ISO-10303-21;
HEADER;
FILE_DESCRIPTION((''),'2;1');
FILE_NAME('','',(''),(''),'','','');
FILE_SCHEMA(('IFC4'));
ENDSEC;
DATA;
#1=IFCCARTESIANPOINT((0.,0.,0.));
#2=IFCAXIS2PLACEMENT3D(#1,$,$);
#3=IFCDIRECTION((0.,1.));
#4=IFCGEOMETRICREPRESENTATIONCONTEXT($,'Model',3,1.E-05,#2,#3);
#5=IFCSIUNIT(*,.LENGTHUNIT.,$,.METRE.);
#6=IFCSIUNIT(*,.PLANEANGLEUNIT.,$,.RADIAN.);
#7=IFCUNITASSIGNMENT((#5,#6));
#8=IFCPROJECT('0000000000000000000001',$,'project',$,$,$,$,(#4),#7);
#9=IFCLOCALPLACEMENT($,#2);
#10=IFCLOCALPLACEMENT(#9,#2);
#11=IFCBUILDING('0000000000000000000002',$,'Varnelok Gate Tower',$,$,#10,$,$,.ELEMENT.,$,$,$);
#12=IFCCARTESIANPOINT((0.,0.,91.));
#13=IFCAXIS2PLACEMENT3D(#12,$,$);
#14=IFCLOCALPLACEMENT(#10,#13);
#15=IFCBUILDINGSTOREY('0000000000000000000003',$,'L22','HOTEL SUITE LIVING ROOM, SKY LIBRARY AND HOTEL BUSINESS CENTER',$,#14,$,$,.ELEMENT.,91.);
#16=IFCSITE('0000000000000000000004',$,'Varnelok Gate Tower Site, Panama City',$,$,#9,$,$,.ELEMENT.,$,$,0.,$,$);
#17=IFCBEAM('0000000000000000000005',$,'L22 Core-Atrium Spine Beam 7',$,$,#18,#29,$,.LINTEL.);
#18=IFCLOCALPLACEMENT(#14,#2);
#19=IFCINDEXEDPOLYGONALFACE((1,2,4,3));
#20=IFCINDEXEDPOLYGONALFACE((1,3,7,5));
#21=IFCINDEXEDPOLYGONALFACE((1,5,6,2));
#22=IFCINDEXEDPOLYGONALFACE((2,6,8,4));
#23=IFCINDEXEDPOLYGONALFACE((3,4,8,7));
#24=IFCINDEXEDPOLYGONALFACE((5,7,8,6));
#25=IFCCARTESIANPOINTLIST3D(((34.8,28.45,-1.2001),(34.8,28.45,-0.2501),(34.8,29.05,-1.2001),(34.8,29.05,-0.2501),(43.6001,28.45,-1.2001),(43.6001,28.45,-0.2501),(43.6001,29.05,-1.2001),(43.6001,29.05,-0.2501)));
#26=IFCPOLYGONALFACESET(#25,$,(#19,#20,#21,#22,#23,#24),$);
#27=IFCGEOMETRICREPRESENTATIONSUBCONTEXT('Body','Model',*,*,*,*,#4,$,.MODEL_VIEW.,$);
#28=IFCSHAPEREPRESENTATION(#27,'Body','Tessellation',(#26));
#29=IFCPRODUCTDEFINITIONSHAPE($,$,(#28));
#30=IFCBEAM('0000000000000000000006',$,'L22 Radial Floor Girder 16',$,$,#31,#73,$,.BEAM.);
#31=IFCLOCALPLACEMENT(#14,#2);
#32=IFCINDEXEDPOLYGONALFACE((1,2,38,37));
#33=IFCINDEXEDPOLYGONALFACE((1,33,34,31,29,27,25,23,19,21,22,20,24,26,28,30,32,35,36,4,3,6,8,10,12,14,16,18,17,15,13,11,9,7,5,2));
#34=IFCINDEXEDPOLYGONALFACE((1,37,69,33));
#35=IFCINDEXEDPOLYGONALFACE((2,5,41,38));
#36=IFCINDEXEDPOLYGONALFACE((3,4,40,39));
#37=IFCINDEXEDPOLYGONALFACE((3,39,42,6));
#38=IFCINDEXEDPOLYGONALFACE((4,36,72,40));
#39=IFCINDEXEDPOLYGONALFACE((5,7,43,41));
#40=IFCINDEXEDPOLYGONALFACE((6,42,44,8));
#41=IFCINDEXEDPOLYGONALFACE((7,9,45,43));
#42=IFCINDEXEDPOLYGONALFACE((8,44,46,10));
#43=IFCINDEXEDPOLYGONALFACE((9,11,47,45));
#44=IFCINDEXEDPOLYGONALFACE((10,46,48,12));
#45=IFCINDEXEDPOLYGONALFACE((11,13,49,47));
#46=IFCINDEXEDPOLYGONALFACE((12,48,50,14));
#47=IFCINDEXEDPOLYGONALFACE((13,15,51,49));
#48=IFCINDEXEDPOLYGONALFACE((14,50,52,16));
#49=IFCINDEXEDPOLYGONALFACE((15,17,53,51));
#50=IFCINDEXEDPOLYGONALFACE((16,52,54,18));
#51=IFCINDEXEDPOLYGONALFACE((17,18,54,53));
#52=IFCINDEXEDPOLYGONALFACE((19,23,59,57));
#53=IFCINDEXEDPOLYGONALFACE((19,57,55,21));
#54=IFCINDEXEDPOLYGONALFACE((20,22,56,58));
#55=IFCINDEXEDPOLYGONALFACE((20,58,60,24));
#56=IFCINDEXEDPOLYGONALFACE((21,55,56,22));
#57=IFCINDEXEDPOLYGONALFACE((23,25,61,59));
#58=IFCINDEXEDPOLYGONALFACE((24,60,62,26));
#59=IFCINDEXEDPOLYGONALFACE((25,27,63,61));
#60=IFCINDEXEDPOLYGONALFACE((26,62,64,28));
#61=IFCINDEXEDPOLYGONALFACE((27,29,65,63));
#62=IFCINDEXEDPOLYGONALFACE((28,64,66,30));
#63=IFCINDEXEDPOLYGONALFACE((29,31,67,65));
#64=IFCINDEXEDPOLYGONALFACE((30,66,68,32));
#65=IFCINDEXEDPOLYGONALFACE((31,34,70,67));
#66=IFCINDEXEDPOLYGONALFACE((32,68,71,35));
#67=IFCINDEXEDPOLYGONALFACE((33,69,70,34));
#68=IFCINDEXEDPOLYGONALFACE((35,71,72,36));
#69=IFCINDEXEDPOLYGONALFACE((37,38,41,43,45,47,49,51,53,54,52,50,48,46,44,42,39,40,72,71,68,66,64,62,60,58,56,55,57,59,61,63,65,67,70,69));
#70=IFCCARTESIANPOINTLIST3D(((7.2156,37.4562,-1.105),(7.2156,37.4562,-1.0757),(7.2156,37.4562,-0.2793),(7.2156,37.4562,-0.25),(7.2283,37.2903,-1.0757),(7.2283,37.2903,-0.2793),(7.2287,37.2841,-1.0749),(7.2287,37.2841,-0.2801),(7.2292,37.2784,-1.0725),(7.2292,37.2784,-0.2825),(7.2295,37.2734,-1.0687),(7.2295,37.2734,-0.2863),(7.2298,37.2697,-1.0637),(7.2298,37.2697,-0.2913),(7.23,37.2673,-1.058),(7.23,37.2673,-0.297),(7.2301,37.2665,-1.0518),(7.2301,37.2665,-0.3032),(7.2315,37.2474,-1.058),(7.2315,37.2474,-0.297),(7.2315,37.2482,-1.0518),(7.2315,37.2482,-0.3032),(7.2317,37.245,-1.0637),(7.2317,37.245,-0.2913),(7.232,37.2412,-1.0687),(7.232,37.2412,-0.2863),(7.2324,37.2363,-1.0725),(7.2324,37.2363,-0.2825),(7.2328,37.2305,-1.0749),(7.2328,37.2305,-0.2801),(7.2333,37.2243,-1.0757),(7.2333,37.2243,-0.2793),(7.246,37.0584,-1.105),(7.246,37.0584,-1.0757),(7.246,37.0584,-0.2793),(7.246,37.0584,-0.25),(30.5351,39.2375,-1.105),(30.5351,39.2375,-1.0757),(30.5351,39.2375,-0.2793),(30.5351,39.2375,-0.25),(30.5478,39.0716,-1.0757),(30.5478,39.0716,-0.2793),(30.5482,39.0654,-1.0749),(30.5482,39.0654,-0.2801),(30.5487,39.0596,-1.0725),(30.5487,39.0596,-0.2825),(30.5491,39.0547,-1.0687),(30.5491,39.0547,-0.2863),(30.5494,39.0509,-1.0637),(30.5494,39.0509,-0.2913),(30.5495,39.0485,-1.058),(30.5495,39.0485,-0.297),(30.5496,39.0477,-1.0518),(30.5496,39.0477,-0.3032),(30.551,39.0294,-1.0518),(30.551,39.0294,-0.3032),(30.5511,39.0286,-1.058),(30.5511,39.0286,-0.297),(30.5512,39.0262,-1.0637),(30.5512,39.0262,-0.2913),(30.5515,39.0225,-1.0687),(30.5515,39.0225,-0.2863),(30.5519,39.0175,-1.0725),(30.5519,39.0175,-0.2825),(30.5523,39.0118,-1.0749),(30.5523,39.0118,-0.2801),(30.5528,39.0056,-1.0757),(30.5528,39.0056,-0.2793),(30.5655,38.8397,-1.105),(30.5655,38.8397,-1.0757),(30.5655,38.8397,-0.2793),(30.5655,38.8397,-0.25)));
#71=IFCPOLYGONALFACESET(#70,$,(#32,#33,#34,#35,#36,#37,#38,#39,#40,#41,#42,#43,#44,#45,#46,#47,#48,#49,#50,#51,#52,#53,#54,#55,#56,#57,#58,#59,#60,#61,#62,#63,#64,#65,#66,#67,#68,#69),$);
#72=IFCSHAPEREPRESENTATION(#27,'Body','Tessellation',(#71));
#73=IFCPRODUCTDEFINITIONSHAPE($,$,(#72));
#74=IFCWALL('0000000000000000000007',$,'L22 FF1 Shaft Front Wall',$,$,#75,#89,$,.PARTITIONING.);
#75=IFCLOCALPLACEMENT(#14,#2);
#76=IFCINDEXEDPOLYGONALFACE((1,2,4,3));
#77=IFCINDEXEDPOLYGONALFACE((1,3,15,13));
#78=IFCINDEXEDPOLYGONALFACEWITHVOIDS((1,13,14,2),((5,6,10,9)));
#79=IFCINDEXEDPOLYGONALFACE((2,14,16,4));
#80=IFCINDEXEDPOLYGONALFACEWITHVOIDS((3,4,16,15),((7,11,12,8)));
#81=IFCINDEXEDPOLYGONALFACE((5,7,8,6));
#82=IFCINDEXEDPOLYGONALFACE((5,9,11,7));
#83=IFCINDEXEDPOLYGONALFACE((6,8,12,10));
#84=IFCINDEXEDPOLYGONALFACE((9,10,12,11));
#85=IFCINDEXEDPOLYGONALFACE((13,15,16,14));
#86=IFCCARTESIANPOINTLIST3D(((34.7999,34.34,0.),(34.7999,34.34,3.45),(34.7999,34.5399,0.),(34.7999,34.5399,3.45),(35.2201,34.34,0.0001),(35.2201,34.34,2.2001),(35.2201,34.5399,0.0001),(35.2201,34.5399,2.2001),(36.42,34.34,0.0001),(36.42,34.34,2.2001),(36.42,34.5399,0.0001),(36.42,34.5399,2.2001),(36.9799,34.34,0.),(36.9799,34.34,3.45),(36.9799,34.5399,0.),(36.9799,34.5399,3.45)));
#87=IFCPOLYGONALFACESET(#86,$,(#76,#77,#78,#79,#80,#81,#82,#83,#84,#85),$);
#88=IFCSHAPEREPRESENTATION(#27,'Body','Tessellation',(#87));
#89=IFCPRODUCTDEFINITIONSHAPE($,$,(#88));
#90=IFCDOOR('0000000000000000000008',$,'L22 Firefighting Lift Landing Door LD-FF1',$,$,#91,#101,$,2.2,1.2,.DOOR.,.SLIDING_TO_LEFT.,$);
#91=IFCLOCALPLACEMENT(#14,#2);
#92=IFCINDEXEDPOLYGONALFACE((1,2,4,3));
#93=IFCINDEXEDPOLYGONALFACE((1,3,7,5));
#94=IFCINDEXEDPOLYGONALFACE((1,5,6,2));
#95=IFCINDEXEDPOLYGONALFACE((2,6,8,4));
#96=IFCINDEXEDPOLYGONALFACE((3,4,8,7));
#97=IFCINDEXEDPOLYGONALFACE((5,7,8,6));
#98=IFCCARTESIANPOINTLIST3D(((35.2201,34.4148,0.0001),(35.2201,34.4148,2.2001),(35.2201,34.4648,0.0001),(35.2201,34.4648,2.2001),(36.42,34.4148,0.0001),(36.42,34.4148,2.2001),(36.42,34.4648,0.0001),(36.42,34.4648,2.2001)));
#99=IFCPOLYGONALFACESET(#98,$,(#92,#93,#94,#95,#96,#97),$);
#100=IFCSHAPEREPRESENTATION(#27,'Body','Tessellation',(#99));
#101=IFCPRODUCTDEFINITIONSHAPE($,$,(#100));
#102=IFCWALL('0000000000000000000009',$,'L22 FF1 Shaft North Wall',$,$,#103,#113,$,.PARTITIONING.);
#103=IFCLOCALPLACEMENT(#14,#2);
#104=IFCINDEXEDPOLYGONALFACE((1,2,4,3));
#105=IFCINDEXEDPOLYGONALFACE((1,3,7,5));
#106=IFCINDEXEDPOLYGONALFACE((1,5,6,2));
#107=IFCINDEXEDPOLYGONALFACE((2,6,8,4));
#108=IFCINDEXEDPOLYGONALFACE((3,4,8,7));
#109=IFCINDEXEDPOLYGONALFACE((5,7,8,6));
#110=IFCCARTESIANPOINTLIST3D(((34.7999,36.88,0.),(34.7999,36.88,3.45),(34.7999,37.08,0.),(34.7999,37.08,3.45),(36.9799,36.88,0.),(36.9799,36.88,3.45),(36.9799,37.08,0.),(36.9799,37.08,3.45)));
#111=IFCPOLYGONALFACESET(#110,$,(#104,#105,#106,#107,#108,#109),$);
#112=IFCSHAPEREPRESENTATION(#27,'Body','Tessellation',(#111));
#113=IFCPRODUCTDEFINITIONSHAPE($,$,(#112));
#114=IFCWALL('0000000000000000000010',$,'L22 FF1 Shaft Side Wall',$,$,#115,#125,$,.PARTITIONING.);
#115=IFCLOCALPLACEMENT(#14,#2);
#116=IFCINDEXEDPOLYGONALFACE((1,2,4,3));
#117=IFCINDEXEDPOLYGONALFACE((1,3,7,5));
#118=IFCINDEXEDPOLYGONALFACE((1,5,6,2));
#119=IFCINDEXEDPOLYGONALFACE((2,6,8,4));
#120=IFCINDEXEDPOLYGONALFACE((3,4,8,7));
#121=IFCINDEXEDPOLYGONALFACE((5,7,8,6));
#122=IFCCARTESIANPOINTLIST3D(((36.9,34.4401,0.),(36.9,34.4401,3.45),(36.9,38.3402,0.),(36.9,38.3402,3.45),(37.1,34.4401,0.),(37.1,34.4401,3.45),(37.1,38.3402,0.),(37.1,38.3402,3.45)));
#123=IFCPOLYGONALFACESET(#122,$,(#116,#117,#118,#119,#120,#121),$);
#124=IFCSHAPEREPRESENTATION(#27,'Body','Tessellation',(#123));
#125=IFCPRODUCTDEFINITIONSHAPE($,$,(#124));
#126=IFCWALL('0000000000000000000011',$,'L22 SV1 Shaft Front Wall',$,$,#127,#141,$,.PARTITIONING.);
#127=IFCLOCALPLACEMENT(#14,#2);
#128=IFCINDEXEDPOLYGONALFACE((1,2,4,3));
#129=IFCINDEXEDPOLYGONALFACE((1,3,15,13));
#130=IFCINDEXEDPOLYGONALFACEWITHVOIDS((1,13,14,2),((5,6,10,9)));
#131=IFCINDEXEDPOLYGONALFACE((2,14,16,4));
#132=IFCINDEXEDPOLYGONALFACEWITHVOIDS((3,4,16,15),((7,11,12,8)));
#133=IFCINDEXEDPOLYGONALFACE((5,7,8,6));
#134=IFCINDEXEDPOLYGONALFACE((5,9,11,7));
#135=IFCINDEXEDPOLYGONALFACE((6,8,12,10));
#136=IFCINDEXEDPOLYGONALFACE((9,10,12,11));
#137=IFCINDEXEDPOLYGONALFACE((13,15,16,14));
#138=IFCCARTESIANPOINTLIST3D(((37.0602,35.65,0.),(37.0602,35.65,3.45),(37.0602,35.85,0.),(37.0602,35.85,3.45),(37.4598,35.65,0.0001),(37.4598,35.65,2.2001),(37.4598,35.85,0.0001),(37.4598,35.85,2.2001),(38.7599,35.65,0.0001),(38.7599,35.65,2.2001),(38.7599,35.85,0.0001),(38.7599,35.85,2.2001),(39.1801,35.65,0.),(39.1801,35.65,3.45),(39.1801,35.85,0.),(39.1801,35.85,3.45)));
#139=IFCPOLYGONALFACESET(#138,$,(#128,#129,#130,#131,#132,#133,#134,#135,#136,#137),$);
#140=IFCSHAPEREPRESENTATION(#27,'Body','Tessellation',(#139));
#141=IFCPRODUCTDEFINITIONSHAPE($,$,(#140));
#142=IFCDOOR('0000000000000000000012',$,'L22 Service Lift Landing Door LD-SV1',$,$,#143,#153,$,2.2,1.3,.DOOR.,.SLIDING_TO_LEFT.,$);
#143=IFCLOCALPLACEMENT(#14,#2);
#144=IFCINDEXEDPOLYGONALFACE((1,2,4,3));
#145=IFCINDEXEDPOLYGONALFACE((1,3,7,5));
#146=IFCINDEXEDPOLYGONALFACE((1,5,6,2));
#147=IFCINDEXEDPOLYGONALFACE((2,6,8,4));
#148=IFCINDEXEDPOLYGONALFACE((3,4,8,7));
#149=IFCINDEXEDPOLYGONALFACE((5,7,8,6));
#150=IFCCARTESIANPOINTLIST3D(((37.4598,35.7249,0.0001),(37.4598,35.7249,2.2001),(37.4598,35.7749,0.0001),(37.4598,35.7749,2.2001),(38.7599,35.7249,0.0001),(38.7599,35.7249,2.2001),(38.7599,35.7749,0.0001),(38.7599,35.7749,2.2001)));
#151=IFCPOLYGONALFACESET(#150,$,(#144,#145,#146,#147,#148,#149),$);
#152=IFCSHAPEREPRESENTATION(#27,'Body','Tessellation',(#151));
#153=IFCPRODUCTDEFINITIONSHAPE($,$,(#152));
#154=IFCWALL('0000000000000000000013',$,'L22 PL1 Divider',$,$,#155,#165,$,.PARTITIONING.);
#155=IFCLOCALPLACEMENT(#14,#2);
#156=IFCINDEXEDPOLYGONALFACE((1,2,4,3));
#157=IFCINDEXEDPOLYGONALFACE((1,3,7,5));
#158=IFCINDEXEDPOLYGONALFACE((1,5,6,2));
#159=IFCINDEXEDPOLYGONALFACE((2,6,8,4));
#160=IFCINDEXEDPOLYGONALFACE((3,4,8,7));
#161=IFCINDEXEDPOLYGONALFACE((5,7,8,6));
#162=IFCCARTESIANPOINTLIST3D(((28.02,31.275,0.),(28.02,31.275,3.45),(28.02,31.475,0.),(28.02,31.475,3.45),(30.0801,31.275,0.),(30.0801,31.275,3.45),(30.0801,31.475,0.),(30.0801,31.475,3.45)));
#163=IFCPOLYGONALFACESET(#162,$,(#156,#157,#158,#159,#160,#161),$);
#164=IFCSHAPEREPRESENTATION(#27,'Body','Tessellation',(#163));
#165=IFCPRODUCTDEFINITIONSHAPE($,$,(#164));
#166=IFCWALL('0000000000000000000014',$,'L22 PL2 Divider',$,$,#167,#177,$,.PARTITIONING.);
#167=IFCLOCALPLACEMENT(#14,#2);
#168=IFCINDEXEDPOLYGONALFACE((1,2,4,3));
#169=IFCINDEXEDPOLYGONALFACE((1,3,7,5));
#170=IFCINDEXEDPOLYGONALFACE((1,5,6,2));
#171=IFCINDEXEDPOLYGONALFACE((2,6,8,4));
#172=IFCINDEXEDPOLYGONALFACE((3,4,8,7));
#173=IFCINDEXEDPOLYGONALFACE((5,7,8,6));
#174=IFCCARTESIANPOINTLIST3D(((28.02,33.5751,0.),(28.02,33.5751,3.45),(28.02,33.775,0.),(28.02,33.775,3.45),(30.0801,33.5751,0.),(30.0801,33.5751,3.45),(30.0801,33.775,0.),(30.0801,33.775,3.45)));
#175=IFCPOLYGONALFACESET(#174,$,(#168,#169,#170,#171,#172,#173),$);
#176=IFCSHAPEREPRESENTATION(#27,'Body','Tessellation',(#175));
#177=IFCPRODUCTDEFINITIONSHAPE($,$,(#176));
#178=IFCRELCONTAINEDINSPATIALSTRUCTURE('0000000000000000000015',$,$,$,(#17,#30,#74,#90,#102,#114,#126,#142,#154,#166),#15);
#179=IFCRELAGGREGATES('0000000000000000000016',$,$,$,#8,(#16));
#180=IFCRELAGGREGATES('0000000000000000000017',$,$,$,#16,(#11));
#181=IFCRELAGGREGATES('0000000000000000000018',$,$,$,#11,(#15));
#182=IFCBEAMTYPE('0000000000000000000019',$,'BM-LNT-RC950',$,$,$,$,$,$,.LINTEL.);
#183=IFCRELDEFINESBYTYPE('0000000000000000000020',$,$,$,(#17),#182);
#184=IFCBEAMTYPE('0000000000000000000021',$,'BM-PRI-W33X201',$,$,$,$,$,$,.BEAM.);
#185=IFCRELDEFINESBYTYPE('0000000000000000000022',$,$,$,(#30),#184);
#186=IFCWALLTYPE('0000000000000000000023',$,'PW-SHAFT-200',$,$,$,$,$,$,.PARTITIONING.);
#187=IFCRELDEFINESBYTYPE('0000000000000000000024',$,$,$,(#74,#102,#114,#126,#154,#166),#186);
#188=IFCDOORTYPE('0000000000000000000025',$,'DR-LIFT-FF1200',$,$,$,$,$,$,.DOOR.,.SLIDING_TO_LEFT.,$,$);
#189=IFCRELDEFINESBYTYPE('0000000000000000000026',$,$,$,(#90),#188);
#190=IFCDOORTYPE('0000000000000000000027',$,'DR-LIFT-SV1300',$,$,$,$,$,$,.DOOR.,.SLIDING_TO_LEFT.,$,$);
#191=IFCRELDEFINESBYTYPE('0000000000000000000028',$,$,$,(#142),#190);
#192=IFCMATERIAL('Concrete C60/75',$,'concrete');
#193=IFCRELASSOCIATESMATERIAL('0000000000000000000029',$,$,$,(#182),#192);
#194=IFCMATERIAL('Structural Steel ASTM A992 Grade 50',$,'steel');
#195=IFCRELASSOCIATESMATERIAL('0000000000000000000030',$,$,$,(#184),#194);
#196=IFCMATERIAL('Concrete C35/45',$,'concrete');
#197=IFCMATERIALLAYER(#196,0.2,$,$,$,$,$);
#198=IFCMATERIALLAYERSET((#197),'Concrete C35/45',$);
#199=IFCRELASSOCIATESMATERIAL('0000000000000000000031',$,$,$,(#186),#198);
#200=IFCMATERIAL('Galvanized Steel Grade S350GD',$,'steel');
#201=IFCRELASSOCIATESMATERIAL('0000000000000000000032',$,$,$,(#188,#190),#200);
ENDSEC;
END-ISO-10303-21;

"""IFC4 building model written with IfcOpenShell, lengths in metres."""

from ifc_helpers import new_model, si_unit, direction, frame, frame_2d, origin, origin_2d, place, context, subcontext, project, spatial, rectangle, i_section, extrude, material, layer, layer_set, material_profile, profile_set, type_object, element, fill, save


model = new_model("IFC4")

# Units and contexts
model_context = context("Model", 3, precision=1e-05, world=origin(), true_north=direction((0.0, 1.0)))
body_context = subcontext(model_context, "Body", "Model", "MODEL_VIEW")
ifc_project = project(units=[si_unit("LENGTHUNIT", "METRE"), si_unit("PLANEANGLEUNIT", "RADIAN")], contexts=[model_context])

# Site, building, storey
site_placement = place(None, origin())
site = spatial("IfcSite", under=ifc_project, at=site_placement, Name="Varnelok Gate Tower Site, Panama City", CompositionType="ELEMENT", RefElevation=0.0)
building_placement = place(site_placement, origin())
building = spatial("IfcBuilding", under=site, at=building_placement, Name="Varnelok Gate Tower", CompositionType="ELEMENT")
storey_placement = place(building_placement, frame((0.0, 0.0, 91.0)))
storey = spatial("IfcBuildingStorey", under=building, at=storey_placement, Name="L22", Description="HOTEL SUITE LIVING ROOM, SKY LIBRARY AND HOTEL BUSINESS CENTER", CompositionType="ELEMENT", Elevation=91.0)

# Beams
ifc_material_1 = material(Name="Concrete C60/75", Category="concrete")
ifc_material_profile_1 = material_profile(ifc_material_1, rectangle(XDim=0.6001, YDim=0.95, at=origin_2d()), Name="RC950X600")
ifc_profile_set_1 = profile_set([ifc_material_profile_1], Name="Concrete C60/75")
beam_type_1 = type_object("IfcBeamType", Name="BM-LNT-RC950", PredefinedType="LINTEL", material=ifc_profile_set_1)
beam_1_placement = place(storey_placement, frame((34.8, 28.75, -0.7251), z_axis=(1.0, 0.0, 0.0), x_axis=(0.0, 1.0, 0.0)))
element("IfcBeam", 1, at=beam_1_placement, inside=storey, type_object=beam_type_1, Name="L22 Core-Atrium Spine Beam 7", PredefinedType="LINTEL", context=body_context, shape_type="SweptSolid", body=[
    extrude(rectangle(XDim=0.6001, YDim=0.95, at=origin_2d()), origin(), (0.0, 0.0, 1.0), 8.8),
])
ifc_material_2 = material(Name="Structural Steel ASTM A992 Grade 50", Category="steel")
ifc_material_profile_2 = material_profile(ifc_material_2, i_section(OverallWidth=0.3989, OverallDepth=0.855, WebThickness=0.0183, FlangeThickness=0.0293, FilletRadius=0.0239, at=origin_2d()), Name="W33X201")
ifc_profile_set_2 = profile_set([ifc_material_profile_2], Name="Structural Steel ASTM A992 Grade 50")
beam_type_2 = type_object("IfcBeamType", Name="BM-PRI-W33X201", PredefinedType="BEAM", material=ifc_profile_set_2)
beam_2_placement = place(storey_placement, frame((30.5503, 39.0386, -0.6775), z_axis=(-0.997095, -0.076162, 0.0), x_axis=(0.076162, -0.997095, 0.0)))
element("IfcBeam", 2, at=beam_2_placement, inside=storey, type_object=beam_type_2, Name="L22 Radial Floor Girder 16", PredefinedType="BEAM", context=body_context, shape_type="SweptSolid", body=[
    extrude(i_section(OverallWidth=0.3989, OverallDepth=0.855, WebThickness=0.0183, FlangeThickness=0.0293, FilletRadius=0.0239, at=origin_2d()), origin(), (0.0, 0.0, 1.0), 23.3875),
])

# Wall, opening, door
ifc_material_3 = material(Name="Concrete C35/45", Category="concrete")
ifc_layer_1 = layer(ifc_material_3, 0.2)
ifc_layer_set_1 = layer_set([ifc_layer_1], Name="Concrete C35/45")
wall_type_1 = type_object("IfcWallType", Name="PW-SHAFT-200", PredefinedType="PARTITIONING", material=ifc_layer_set_1)
wall_1_placement = place(storey_placement, frame((34.8, 34.4399, 0.0), z_axis=(0.0, 0.0, 1.0), x_axis=(1.0, 0.0, 0.0)))
wall_1 = element("IfcWall", 3, at=wall_1_placement, inside=storey, type_object=wall_type_1, Name="L22 FF1 Shaft Front Wall", PredefinedType="PARTITIONING", context=body_context, shape_type="SweptSolid", body=[
    extrude(rectangle(XDim=2.1799, YDim=0.2, at=frame_2d((1.0898, 0.0))), origin(), (0.0, 0.0, 1.0), 3.45),
])
opening_1_placement = place(wall_1_placement, frame((0.4199, 0.0, 0.0)))
opening_1 = element("IfcOpeningElement", 4, at=opening_1_placement, cuts=wall_1, PredefinedType="OPENING", context=body_context, shape_type="SweptSolid", body=[
    extrude(rectangle(XDim=1.2, YDim=2.2, at=frame_2d((0.6001, 1.1001))), frame((0.0, 0.1099, 0.0), z_axis=(0.0, -1.0, 0.0), x_axis=(1.0, 0.0, 0.0)), (0.0, 0.0, 1.0), 0.22),
])
ifc_material_4 = material(Name="Galvanized Steel Grade S350GD", Category="steel")
door_type_1 = type_object("IfcDoorType", Name="DR-LIFT-FF1200", OperationType="SLIDING_TO_LEFT", PredefinedType="DOOR", material=ifc_material_4)
door_1_placement = place(opening_1_placement, origin())
door_1 = element("IfcDoor", 5, at=door_1_placement, inside=storey, type_object=door_type_1, Name="L22 Firefighting Lift Landing Door LD-FF1", OperationType="SLIDING_TO_LEFT", OverallHeight=2.2, OverallWidth=1.2, PredefinedType="DOOR", context=body_context, shape_type="SweptSolid", body=[
    extrude(rectangle(XDim=1.2, YDim=2.2, at=frame_2d((0.6001, 1.1001))), frame((0.0, 0.0249, 0.0), z_axis=(0.0, -1.0, 0.0), x_axis=(1.0, 0.0, 0.0)), (0.0, 0.0, 1.0), 0.05),
])
fill(opening_1, door_1)

# Walls
wall_2_placement = place(storey_placement, frame((34.8, 36.98, 0.0), z_axis=(0.0, 0.0, 1.0), x_axis=(1.0, 0.0, 0.0)))
element("IfcWall", 6, at=wall_2_placement, inside=storey, type_object=wall_type_1, Name="L22 FF1 Shaft North Wall", PredefinedType="PARTITIONING", context=body_context, shape_type="SweptSolid", body=[
    extrude(rectangle(XDim=2.1799, YDim=0.2, at=frame_2d((1.0898, 0.0))), origin(), (0.0, 0.0, 1.0), 3.45),
])
wall_3_placement = place(storey_placement, frame((37.0, 34.4399, 0.0), z_axis=(0.0, 0.0, 1.0), x_axis=(0.0, 1.0, 0.0)))
element("IfcWall", 7, at=wall_3_placement, inside=storey, type_object=wall_type_1, Name="L22 FF1 Shaft Side Wall", PredefinedType="PARTITIONING", context=body_context, shape_type="SweptSolid", body=[
    extrude(rectangle(XDim=3.9001, YDim=0.2, at=frame_2d((1.9502, 0.0))), origin(), (0.0, 0.0, 1.0), 3.45),
])

# Wall, opening, door
wall_4_placement = place(storey_placement, frame((37.0601, 35.75, 0.0), z_axis=(0.0, 0.0, 1.0), x_axis=(1.0, 0.0, 0.0)))
wall_4 = element("IfcWall", 8, at=wall_4_placement, inside=storey, type_object=wall_type_1, Name="L22 SV1 Shaft Front Wall", PredefinedType="PARTITIONING", context=body_context, shape_type="SweptSolid", body=[
    extrude(rectangle(XDim=2.1199, YDim=0.2, at=frame_2d((1.0601, 0.0))), origin(), (0.0, 0.0, 1.0), 3.45),
])
opening_2_placement = place(wall_4_placement, frame((0.3999, 0.0, 0.0)))
opening_2 = element("IfcOpeningElement", 9, at=opening_2_placement, cuts=wall_4, PredefinedType="OPENING", context=body_context, shape_type="SweptSolid", body=[
    extrude(rectangle(XDim=1.3, YDim=2.2, at=frame_2d((0.6499, 1.1001))), frame((0.0, 0.1099, 0.0), z_axis=(0.0, -1.0, 0.0), x_axis=(1.0, 0.0, 0.0)), (0.0, 0.0, 1.0), 0.22),
])
door_type_2 = type_object("IfcDoorType", Name="DR-LIFT-SV1300", OperationType="SLIDING_TO_LEFT", PredefinedType="DOOR", material=ifc_material_4)
door_2_placement = place(opening_2_placement, origin())
door_2 = element("IfcDoor", 10, at=door_2_placement, inside=storey, type_object=door_type_2, Name="L22 Service Lift Landing Door LD-SV1", OperationType="SLIDING_TO_LEFT", OverallHeight=2.2, OverallWidth=1.3, PredefinedType="DOOR", context=body_context, shape_type="SweptSolid", body=[
    extrude(rectangle(XDim=1.3, YDim=2.2, at=frame_2d((0.6499, 1.1001))), frame((0.0, 0.0249, 0.0), z_axis=(0.0, -1.0, 0.0), x_axis=(1.0, 0.0, 0.0)), (0.0, 0.0, 1.0), 0.05),
])
fill(opening_2, door_2)

# Walls
for number, where, z_axis, x_axis, name in (
    (11, (28.02, 31.375, 0.0), (0.0, 0.0, 1.0), (1.0, 0.0, 0.0), "L22 PL1 Divider"),
    (12, (28.02, 33.675, 0.0), (0.0, 0.0, 1.0), (1.0, 0.0, 0.0), "L22 PL2 Divider"),
):
    element("IfcWall", number, at=place(storey_placement, frame(where, z_axis=z_axis, x_axis=x_axis)), inside=storey, type_object=wall_type_1, Name=name, PredefinedType="PARTITIONING", context=body_context, shape_type="SweptSolid", body=[
        extrude(rectangle(XDim=2.0601, YDim=0.2, at=frame_2d((1.03, 0.0))), origin(), (0.0, 0.0, 1.0), 3.45),
    ])

save(model, "model.ifc")
